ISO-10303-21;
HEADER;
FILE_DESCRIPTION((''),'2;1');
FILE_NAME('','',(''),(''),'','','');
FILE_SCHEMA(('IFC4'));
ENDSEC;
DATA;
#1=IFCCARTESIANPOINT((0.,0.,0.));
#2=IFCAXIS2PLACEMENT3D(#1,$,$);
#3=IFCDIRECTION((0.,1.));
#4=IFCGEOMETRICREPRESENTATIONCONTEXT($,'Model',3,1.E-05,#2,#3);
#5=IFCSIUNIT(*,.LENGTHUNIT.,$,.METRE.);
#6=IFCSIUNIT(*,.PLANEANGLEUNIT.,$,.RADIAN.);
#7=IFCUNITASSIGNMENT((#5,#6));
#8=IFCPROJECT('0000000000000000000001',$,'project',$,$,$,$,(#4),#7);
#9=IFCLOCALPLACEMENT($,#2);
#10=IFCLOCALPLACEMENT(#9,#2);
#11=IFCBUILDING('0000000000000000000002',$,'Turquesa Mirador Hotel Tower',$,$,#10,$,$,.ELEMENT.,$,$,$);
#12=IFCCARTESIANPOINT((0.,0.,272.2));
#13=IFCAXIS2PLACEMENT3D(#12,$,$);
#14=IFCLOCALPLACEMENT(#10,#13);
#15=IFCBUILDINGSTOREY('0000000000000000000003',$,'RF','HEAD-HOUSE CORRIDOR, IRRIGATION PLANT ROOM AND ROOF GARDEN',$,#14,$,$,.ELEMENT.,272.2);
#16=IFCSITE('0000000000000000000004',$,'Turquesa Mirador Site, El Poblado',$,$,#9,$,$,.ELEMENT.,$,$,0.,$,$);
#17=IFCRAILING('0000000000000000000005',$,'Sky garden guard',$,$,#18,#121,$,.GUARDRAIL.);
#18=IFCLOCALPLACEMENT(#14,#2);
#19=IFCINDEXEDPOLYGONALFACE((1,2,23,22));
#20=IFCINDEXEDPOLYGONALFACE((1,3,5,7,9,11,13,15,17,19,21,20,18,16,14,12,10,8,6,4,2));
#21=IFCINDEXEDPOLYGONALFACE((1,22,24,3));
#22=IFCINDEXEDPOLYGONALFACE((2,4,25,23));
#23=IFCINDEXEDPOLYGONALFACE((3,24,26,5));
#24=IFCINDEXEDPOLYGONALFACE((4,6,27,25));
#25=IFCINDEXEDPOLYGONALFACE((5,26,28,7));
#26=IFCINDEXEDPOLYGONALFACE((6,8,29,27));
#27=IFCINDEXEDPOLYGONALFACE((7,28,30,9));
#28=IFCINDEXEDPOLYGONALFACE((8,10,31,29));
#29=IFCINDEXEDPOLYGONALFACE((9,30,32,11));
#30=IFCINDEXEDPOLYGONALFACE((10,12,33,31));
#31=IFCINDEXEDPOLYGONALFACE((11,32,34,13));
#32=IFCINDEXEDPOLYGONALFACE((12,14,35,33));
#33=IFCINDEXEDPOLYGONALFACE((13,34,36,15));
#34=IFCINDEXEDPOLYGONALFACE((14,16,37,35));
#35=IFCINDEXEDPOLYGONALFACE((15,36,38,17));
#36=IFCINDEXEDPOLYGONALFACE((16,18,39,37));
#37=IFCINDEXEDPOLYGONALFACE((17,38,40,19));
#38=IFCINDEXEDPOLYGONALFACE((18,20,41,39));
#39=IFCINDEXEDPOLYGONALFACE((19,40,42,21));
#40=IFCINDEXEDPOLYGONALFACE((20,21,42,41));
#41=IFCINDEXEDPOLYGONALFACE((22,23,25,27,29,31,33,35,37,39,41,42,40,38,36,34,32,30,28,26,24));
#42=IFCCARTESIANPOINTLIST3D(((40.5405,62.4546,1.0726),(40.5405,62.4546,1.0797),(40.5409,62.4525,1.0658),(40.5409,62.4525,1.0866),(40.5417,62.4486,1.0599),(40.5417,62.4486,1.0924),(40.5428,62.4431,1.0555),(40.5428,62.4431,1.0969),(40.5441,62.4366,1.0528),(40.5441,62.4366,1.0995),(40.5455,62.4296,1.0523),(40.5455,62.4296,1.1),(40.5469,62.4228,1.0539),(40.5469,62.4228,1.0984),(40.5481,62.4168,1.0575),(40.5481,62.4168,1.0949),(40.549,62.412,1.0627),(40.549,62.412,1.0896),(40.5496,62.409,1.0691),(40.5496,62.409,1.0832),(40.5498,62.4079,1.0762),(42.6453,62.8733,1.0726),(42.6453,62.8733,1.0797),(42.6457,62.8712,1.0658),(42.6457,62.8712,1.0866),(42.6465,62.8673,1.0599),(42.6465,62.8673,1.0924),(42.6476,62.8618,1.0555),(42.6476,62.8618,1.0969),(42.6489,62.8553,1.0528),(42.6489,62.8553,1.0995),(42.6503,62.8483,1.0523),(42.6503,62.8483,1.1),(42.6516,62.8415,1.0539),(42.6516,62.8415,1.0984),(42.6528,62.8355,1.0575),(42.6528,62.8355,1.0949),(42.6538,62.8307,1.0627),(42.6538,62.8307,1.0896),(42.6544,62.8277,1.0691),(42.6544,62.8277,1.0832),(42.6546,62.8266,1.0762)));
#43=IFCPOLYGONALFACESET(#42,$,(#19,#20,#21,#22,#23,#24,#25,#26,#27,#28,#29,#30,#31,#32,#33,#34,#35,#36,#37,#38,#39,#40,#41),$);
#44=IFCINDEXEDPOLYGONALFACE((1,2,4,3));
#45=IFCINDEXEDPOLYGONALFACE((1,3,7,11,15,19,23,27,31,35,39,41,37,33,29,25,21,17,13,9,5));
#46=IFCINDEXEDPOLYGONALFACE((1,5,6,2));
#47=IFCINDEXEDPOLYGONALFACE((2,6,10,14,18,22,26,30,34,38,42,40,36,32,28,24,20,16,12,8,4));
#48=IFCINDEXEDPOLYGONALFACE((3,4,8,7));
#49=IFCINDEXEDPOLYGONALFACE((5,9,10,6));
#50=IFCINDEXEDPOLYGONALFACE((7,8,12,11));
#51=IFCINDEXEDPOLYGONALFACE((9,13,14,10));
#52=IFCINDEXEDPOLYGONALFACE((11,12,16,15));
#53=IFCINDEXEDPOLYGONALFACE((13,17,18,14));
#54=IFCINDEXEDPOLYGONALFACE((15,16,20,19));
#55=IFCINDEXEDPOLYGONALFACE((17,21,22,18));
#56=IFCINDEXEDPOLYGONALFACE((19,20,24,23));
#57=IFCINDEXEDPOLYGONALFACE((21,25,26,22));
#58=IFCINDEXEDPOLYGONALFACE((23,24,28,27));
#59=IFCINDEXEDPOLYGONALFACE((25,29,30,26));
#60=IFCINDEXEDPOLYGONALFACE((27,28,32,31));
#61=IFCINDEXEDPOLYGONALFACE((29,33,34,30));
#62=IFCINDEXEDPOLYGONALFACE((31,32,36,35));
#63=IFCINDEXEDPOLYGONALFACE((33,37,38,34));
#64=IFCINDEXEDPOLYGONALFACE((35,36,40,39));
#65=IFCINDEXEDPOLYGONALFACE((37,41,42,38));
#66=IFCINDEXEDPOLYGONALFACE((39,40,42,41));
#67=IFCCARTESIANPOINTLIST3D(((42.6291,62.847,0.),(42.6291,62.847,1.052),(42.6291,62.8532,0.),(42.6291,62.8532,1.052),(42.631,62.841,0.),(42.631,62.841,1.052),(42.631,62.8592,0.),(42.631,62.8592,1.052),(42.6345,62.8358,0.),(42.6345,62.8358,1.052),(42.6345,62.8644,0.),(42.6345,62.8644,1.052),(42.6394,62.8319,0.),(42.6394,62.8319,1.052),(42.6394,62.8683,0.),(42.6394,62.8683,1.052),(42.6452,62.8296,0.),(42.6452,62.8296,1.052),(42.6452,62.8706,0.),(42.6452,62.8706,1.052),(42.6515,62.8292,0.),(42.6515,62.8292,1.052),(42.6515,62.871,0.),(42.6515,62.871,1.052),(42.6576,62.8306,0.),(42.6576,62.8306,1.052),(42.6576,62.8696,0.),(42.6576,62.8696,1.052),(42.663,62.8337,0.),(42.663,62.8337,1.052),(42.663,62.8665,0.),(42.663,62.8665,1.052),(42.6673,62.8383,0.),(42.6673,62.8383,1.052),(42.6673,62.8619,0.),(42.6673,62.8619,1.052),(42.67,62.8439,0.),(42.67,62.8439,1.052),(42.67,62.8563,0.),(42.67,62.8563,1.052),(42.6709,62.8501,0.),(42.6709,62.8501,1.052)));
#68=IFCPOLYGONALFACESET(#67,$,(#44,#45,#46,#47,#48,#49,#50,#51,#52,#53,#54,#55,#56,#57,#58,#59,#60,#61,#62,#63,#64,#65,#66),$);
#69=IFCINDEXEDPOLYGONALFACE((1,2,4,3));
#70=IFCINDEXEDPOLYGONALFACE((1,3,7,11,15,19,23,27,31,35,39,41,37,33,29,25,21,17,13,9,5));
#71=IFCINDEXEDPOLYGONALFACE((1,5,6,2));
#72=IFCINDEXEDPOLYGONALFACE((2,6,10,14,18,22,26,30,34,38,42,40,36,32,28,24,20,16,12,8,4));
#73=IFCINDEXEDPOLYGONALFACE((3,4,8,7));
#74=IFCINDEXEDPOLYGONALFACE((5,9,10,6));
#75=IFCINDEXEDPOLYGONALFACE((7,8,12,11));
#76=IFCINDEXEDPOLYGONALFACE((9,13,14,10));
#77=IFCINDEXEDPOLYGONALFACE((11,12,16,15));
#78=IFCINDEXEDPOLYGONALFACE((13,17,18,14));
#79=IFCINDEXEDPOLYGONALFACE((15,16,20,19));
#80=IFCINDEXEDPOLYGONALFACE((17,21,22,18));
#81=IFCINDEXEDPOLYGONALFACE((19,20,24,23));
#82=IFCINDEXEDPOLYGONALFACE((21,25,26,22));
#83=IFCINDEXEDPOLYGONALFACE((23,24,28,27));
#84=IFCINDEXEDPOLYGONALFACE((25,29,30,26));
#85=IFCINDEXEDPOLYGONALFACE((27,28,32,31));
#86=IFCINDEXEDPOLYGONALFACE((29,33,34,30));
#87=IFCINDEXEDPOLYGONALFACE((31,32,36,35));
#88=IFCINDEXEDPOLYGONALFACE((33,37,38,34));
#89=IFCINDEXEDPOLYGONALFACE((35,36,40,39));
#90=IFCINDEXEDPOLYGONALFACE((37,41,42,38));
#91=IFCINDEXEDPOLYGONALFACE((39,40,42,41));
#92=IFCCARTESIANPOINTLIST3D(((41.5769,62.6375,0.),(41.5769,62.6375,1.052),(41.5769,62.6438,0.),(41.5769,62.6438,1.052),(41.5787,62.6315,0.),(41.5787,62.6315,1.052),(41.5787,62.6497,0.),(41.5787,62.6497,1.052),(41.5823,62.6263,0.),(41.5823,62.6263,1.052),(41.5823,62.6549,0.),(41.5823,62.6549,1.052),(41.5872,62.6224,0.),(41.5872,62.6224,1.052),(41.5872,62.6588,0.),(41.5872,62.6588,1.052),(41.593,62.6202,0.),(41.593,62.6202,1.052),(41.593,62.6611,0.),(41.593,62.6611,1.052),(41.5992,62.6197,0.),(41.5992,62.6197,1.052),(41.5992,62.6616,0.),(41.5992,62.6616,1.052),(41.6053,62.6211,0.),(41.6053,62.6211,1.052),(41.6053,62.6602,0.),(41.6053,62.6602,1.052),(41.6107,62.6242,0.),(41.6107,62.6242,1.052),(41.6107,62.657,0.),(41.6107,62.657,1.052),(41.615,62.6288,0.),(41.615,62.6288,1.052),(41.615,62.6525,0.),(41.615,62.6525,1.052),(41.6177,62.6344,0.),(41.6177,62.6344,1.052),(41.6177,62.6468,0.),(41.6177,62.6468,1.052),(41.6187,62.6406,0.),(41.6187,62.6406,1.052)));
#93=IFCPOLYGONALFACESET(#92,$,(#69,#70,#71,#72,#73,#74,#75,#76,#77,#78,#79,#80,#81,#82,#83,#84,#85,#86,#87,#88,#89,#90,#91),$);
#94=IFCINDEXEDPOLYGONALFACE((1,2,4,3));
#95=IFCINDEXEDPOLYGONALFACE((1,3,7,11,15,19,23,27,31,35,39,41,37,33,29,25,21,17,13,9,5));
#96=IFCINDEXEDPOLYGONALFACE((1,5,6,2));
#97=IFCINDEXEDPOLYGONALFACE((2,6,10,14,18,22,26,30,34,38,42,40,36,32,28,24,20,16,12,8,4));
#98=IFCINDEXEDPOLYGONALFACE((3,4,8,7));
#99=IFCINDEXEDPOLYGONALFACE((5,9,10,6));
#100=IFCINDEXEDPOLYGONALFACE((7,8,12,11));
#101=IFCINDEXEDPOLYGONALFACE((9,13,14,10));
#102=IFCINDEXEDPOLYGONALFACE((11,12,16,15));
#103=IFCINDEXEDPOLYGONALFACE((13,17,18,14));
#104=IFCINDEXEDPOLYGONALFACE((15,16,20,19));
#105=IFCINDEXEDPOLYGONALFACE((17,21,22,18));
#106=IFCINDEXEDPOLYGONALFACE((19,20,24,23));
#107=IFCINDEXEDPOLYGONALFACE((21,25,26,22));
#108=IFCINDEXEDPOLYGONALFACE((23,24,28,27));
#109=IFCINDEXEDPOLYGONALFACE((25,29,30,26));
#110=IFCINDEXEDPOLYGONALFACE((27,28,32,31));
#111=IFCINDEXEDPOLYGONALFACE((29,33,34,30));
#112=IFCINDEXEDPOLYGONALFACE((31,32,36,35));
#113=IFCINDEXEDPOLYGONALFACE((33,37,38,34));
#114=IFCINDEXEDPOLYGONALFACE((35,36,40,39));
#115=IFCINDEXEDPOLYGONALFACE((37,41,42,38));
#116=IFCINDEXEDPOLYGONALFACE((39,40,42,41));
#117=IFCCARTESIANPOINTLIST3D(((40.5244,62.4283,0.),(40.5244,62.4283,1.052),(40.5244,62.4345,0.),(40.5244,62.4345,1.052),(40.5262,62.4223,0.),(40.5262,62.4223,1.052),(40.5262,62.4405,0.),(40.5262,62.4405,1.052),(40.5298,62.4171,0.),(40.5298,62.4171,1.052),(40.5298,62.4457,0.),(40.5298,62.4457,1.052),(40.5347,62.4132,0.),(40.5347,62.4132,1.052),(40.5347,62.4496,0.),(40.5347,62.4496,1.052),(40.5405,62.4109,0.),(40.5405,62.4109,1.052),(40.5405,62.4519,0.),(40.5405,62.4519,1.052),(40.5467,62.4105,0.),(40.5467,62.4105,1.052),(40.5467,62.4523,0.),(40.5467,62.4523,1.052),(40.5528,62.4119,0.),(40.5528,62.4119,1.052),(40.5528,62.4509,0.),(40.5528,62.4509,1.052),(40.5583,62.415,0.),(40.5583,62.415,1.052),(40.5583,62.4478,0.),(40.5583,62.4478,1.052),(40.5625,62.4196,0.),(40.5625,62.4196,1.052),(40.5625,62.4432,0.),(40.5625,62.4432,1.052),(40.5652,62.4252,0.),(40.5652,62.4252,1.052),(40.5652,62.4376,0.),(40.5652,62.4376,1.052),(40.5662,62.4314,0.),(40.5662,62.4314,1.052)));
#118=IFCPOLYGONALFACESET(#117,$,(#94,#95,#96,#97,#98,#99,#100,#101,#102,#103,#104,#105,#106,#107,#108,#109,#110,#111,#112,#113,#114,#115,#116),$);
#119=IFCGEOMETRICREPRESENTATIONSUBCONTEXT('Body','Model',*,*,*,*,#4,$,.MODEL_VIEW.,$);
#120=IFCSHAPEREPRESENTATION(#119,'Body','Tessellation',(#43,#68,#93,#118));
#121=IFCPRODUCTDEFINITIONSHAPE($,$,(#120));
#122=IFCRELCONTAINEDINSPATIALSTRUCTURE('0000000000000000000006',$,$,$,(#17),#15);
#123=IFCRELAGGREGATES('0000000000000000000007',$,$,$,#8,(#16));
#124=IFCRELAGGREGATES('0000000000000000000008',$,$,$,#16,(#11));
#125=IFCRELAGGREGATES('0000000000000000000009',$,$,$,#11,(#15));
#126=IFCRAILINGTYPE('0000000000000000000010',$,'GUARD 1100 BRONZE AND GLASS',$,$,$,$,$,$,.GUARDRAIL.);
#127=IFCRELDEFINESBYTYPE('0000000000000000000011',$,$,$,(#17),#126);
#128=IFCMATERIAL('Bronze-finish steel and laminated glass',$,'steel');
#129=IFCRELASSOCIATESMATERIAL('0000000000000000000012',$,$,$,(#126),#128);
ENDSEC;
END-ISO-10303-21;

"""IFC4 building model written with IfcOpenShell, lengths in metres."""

from ifc_helpers import new_model, si_unit, direction, frame, origin, origin_2d, place, context, subcontext, project, spatial, circle, extrude, material, type_object, element, save


model = new_model("IFC4")

# Units and contexts
model_context = context("Model", 3, precision=1e-05, world=origin(), true_north=direction((0.0, 1.0)))
body_context = subcontext(model_context, "Body", "Model", "MODEL_VIEW")
ifc_project = project(units=[si_unit("LENGTHUNIT", "METRE"), si_unit("PLANEANGLEUNIT", "RADIAN")], contexts=[model_context])

# Site, building, storey
site_placement = place(None, origin())
site = spatial("IfcSite", under=ifc_project, at=site_placement, Name="Turquesa Mirador Site, El Poblado", CompositionType="ELEMENT", RefElevation=0.0)
building_placement = place(site_placement, origin())
building = spatial("IfcBuilding", under=site, at=building_placement, Name="Turquesa Mirador Hotel Tower", CompositionType="ELEMENT")
storey_placement = place(building_placement, frame((0.0, 0.0, 272.2)))
storey = spatial("IfcBuildingStorey", under=building, at=storey_placement, Name="RF", Description="HEAD-HOUSE CORRIDOR, IRRIGATION PLANT ROOM AND ROOF GARDEN", CompositionType="ELEMENT", Elevation=272.2)

# Railing
ifc_material_1 = material(Name="Bronze-finish steel and laminated glass", Category="steel")
railing_type = type_object("IfcRailingType", Name="GUARD 1100 BRONZE AND GLASS", PredefinedType="GUARDRAIL", material=ifc_material_1)
railing_1_placement = place(storey_placement, frame((42.6499, 62.8501, 0.0)))
element("IfcRailing", 1, at=railing_1_placement, inside=storey, type_object=railing_type, Name="Sky garden guard", PredefinedType="GUARDRAIL", context=body_context, shape_type="SweptSolid", body=[
    extrude(circle(Radius=0.0239, at=origin_2d()), frame((0.0, 0.0, 1.0762), z_axis=(-0.980781, -0.19511, 0.0), x_axis=(0.19511, -0.980781, 0.0)), (0.0, 0.0, 1.0), 2.146),
    extrude(circle(Radius=0.021, at=origin_2d()), origin(), (0.0, 0.0, 1.0), 1.052),
    extrude(circle(Radius=0.021, at=origin_2d()), frame((-1.0522, -0.2095, 0.0)), (0.0, 0.0, 1.0), 1.052),
    extrude(circle(Radius=0.021, at=origin_2d()), frame((-2.1047, -0.4187, 0.0)), (0.0, 0.0, 1.0), 1.052),
])

save(model, "model.ifc")
